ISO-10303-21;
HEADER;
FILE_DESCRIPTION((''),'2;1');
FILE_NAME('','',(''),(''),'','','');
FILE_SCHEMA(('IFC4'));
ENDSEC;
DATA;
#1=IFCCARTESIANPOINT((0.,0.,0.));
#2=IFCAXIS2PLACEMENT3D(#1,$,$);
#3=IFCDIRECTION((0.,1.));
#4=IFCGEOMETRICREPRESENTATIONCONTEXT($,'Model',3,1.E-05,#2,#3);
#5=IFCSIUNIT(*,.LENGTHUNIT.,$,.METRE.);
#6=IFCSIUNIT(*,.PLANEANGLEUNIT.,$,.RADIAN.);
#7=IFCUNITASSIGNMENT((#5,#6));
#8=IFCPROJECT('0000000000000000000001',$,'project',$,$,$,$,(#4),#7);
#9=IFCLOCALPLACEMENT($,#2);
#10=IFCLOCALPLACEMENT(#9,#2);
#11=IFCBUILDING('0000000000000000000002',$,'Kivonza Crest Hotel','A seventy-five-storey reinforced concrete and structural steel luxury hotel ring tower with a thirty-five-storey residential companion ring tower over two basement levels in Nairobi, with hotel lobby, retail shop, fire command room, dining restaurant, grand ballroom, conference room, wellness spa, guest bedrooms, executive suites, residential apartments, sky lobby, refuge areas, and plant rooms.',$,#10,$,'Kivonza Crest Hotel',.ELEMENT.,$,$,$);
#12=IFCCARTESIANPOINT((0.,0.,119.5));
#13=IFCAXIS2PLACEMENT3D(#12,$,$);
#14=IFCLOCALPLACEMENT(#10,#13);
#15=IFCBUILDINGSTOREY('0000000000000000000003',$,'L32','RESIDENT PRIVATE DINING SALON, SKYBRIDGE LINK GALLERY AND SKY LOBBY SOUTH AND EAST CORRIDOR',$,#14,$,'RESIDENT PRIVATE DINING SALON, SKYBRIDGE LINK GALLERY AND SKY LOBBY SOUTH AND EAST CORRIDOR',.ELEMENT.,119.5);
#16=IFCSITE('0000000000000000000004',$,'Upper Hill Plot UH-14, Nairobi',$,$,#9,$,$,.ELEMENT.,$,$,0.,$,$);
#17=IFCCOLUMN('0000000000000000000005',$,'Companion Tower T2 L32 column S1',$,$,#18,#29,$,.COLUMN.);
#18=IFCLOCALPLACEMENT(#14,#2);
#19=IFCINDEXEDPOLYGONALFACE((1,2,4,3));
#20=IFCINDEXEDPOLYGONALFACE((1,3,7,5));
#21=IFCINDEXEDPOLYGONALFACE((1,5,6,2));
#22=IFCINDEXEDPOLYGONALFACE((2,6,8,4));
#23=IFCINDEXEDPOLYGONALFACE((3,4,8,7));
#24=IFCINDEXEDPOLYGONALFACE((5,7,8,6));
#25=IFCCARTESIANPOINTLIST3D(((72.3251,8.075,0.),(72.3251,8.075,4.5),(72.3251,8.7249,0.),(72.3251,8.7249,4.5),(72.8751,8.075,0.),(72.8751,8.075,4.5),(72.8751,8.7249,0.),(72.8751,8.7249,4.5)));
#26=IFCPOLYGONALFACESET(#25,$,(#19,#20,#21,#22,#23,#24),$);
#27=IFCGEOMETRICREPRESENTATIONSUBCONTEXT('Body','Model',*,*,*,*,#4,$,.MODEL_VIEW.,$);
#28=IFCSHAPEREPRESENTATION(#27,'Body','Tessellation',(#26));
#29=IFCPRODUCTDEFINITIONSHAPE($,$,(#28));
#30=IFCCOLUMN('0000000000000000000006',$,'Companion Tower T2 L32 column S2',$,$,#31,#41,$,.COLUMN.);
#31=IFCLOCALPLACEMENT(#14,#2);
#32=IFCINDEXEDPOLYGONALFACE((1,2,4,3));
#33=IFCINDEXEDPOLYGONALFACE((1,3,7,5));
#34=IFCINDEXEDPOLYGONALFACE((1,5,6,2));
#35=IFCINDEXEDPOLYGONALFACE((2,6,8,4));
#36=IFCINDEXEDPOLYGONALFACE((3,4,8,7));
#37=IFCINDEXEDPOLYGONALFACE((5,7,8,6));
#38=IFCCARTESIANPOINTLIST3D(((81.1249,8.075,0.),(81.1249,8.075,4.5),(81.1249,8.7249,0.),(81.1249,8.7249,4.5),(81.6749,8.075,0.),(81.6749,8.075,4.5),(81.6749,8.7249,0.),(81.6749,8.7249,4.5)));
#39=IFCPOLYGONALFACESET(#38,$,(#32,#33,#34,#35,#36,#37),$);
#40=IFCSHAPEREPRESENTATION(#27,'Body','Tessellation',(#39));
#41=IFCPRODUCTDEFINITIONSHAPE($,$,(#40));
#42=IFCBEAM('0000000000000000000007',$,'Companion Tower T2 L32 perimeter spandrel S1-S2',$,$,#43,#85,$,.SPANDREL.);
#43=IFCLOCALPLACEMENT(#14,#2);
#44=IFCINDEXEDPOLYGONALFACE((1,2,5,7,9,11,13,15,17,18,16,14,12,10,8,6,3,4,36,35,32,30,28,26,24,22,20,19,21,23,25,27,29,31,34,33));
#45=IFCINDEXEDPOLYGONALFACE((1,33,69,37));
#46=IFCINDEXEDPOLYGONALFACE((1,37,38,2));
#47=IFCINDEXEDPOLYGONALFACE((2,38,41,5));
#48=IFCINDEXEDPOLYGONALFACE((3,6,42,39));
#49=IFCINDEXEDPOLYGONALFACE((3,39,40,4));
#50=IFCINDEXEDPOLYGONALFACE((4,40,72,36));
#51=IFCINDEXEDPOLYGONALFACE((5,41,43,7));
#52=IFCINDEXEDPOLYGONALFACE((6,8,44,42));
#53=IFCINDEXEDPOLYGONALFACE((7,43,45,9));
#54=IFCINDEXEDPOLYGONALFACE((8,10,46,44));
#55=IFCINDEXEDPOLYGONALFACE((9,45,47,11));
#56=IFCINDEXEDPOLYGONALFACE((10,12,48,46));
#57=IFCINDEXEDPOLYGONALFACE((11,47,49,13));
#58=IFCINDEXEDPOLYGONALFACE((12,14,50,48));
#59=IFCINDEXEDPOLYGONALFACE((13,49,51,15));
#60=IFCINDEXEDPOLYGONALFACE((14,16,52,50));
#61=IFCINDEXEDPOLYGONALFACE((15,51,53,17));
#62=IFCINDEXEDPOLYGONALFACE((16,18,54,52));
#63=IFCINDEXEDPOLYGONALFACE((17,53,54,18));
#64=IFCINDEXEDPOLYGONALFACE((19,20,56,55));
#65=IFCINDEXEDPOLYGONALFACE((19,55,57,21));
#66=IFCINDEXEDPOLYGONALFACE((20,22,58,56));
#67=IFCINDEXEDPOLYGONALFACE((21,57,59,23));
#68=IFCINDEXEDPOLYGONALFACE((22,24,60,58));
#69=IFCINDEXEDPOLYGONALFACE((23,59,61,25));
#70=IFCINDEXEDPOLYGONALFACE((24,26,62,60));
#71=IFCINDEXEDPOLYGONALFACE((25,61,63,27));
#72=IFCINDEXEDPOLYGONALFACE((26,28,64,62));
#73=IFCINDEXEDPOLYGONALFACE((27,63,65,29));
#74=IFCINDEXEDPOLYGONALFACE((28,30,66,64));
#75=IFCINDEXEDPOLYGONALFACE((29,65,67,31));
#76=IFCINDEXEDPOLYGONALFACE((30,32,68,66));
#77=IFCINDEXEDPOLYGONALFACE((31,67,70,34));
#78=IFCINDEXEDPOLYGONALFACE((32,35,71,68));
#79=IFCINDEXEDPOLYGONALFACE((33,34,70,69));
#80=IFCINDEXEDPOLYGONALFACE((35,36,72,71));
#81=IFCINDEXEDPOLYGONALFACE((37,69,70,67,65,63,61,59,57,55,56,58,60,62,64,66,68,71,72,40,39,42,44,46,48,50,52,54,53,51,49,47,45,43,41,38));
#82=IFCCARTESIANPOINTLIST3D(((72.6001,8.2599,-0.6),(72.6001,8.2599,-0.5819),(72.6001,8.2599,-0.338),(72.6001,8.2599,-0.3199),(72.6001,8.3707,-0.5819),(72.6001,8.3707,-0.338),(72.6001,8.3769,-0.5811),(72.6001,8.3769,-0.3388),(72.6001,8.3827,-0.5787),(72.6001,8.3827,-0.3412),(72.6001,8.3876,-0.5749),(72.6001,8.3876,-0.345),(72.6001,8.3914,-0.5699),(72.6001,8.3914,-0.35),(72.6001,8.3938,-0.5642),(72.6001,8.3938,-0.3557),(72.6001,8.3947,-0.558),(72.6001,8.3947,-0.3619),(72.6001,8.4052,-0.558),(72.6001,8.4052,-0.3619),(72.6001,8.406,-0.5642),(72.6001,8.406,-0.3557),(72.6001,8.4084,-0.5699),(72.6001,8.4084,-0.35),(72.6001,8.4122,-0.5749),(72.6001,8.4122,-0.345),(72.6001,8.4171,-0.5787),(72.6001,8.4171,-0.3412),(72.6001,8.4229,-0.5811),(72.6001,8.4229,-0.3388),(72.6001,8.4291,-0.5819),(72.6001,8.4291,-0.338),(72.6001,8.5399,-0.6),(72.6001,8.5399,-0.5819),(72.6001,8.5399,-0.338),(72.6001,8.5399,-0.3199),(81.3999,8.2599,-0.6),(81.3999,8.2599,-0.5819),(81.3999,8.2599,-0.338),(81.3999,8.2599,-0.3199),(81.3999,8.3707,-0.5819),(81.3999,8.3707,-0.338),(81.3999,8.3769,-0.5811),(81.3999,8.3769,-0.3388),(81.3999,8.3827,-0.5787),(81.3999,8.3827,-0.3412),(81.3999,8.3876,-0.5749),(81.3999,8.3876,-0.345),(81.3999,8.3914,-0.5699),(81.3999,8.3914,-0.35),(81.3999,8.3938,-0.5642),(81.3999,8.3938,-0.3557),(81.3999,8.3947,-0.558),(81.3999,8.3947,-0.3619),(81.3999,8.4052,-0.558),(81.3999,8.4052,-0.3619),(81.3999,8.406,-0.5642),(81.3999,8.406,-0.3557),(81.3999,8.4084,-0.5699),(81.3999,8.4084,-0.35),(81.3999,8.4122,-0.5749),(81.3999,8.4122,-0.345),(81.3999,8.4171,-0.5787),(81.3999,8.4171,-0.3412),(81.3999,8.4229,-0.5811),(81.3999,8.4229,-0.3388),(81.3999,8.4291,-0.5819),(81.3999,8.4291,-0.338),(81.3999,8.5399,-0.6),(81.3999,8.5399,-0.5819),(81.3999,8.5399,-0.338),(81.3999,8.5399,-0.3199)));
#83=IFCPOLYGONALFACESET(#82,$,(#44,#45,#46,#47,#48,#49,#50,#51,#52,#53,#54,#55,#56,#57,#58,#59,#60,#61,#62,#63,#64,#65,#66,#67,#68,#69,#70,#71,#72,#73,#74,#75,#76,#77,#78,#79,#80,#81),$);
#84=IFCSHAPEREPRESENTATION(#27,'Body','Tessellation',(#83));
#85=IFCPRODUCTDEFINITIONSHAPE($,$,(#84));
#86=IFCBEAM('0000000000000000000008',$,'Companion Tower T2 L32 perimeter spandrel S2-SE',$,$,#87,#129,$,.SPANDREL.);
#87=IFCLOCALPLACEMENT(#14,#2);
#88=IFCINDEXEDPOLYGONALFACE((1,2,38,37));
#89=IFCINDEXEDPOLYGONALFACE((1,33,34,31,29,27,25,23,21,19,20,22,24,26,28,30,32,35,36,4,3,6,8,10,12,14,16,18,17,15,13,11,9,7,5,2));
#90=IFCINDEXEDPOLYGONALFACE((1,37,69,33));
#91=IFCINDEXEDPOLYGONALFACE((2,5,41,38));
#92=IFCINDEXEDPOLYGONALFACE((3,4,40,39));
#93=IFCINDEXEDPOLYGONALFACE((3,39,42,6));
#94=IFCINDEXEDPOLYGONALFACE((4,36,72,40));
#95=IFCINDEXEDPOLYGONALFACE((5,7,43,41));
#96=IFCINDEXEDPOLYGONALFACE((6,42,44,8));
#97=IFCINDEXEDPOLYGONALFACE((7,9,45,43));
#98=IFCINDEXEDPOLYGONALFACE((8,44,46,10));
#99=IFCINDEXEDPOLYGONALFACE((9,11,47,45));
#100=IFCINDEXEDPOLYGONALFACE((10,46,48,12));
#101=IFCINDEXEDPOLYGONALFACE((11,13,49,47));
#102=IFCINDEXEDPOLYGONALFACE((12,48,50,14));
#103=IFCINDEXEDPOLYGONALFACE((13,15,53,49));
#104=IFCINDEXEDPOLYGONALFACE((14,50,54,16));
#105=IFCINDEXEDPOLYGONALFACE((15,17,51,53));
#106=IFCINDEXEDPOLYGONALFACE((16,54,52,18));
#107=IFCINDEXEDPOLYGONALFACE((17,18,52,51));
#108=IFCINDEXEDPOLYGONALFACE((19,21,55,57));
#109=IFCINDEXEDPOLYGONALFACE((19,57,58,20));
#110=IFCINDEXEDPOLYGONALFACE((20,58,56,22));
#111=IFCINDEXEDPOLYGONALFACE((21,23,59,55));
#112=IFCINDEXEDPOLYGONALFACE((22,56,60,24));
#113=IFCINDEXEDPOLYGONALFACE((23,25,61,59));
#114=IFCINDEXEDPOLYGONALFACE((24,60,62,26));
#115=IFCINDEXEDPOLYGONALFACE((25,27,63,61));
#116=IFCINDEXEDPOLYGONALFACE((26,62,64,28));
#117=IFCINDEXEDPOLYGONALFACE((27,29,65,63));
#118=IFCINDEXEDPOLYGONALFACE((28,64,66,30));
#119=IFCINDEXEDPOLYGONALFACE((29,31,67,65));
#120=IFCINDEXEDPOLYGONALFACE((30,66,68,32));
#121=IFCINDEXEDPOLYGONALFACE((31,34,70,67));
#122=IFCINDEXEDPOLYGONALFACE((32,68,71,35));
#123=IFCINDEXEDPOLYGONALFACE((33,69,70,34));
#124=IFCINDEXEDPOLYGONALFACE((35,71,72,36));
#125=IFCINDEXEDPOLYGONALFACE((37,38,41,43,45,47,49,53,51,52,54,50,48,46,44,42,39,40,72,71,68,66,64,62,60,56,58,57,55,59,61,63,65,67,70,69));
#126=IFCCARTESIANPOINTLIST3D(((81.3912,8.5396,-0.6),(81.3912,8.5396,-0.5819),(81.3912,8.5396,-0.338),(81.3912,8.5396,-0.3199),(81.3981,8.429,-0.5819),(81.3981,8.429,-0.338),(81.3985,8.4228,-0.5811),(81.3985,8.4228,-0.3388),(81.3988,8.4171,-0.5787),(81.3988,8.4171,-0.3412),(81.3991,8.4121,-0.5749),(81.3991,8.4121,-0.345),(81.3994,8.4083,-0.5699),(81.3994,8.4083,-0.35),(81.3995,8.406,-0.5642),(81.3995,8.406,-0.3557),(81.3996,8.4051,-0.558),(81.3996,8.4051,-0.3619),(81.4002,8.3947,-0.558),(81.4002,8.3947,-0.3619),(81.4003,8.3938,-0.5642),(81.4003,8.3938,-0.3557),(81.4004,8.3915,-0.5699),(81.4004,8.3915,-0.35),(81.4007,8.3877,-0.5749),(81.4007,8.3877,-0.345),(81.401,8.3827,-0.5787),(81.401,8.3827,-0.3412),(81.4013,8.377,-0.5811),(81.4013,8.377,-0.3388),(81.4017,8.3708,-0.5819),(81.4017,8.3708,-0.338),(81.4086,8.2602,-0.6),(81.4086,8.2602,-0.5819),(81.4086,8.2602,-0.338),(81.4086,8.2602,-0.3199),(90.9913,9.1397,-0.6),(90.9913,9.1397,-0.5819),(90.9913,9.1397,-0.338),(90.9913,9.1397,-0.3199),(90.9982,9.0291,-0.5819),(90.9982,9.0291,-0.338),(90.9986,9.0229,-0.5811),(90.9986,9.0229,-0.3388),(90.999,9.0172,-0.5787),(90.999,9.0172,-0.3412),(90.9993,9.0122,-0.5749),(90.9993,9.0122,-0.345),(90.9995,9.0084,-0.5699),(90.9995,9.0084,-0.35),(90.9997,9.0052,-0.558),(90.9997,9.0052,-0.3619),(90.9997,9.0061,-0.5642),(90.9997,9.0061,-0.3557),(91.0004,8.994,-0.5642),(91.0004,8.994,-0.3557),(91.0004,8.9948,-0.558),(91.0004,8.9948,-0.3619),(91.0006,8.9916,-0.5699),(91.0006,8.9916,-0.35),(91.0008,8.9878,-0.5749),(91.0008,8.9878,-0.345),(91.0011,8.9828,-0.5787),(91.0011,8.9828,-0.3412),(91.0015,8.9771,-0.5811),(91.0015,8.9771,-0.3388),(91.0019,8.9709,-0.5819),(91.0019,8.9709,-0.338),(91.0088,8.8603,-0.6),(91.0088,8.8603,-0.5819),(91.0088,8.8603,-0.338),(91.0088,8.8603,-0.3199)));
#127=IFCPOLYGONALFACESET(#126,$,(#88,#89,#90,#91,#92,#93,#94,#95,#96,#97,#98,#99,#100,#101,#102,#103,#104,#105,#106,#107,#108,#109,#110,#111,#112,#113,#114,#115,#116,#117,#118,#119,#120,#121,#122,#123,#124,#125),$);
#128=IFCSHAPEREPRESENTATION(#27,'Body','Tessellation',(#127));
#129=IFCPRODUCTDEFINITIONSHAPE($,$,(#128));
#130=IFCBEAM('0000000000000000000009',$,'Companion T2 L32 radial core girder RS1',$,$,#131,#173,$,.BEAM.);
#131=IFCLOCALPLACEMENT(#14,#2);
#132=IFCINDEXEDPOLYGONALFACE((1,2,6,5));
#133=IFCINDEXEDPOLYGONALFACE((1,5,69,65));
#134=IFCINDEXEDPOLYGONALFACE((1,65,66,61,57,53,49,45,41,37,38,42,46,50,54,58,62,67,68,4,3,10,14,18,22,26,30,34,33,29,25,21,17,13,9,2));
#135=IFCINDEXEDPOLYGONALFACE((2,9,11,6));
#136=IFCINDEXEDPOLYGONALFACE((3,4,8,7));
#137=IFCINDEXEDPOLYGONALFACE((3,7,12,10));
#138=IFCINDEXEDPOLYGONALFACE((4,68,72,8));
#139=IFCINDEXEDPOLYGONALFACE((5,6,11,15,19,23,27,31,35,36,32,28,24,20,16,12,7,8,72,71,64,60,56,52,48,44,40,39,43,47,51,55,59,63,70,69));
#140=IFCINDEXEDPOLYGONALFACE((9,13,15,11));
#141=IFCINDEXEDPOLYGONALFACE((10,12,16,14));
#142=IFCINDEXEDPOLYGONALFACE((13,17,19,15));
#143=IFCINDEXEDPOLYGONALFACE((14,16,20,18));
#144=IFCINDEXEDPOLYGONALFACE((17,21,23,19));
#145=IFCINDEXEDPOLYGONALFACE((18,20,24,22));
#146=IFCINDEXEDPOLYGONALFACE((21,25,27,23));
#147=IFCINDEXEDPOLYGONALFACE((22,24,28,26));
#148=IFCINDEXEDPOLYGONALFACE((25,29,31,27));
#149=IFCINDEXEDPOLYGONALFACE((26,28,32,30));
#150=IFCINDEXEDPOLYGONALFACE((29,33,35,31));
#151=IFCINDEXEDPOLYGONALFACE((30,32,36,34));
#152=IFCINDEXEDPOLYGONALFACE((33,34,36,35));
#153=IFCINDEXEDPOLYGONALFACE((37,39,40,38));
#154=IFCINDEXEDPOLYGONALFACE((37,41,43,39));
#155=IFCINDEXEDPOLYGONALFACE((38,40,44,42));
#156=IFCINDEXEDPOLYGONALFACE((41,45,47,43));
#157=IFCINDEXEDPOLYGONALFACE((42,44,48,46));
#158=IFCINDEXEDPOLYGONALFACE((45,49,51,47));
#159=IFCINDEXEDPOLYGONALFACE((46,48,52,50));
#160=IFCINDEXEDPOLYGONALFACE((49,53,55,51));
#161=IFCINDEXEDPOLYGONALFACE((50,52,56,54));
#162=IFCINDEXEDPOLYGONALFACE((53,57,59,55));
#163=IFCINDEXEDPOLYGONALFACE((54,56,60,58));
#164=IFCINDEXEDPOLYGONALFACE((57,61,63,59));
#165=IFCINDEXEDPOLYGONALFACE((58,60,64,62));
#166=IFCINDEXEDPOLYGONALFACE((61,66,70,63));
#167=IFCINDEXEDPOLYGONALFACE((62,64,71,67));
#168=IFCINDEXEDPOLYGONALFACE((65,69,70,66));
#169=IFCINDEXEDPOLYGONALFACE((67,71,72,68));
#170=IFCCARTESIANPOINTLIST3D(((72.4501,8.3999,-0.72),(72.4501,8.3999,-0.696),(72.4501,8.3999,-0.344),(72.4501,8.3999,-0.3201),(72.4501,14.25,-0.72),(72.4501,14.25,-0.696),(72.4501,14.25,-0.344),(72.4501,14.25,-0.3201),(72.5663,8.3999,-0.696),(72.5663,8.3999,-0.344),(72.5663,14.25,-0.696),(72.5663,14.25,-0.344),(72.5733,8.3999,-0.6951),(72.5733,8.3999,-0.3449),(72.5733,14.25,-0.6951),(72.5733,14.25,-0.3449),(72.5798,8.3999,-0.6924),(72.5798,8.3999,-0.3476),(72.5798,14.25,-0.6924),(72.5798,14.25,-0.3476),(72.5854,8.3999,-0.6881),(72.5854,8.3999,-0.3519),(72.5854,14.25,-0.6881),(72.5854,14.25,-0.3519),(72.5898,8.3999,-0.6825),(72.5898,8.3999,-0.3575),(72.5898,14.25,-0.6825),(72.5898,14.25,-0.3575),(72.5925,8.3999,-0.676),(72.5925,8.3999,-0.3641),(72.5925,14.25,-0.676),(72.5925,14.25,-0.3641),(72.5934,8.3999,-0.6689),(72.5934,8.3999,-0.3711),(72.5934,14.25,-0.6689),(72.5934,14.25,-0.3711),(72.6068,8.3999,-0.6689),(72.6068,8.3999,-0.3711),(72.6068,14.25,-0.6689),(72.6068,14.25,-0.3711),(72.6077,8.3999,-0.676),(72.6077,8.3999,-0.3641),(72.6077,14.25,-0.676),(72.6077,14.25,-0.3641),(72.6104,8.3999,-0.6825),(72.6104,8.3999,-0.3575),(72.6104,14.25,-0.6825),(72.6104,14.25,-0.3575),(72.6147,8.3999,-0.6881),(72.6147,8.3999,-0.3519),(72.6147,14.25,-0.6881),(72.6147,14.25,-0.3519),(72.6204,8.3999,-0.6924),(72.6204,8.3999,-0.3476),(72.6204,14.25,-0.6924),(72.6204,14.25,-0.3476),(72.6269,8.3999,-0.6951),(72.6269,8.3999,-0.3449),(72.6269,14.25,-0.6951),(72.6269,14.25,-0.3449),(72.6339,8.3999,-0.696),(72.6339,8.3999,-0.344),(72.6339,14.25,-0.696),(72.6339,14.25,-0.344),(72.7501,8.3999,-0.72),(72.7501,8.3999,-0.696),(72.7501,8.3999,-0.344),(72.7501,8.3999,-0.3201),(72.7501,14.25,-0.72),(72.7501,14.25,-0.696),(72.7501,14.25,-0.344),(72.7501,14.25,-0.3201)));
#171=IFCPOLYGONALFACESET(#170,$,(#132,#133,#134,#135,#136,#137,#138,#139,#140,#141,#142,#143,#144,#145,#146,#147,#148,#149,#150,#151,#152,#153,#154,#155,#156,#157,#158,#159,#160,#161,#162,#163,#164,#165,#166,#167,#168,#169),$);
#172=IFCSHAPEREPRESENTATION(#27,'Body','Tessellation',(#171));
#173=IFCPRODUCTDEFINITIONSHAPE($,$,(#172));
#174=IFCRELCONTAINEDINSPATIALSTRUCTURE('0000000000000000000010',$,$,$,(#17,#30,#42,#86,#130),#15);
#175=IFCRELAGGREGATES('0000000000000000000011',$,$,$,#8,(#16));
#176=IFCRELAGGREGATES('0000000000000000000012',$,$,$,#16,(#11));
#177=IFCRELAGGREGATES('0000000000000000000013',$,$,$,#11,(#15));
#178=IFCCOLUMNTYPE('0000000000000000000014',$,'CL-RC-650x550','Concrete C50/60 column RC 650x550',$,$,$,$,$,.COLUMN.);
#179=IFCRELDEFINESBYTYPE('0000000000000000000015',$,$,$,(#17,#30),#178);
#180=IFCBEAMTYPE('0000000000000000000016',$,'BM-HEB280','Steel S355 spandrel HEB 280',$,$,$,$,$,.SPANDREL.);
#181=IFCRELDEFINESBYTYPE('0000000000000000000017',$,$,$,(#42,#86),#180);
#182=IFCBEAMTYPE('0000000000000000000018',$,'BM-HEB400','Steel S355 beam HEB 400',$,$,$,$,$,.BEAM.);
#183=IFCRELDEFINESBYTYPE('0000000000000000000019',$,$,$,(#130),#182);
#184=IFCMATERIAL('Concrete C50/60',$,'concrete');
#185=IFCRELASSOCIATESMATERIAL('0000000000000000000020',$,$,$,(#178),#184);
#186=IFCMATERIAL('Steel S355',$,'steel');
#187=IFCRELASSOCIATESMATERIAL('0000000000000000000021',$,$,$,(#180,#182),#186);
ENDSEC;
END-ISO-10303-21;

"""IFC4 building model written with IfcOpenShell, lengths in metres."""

from ifc_helpers import new_model, si_unit, direction, frame, origin, origin_2d, place, context, subcontext, project, spatial, rectangle, i_section, extrude, material, material_profile, profile_set, type_object, element, save


model = new_model("IFC4")

# Units and contexts
model_context = context("Model", 3, precision=1e-05, world=origin(), true_north=direction((0.0, 1.0)))
body_context = subcontext(model_context, "Body", "Model", "MODEL_VIEW")
ifc_project = project(units=[si_unit("LENGTHUNIT", "METRE"), si_unit("PLANEANGLEUNIT", "RADIAN")], contexts=[model_context])

# Site, building, storey
site_placement = place(None, origin())
site = spatial("IfcSite", under=ifc_project, at=site_placement, Name="Upper Hill Plot UH-14, Nairobi", CompositionType="ELEMENT", RefElevation=0.0)
building_placement = place(site_placement, origin())
building = spatial("IfcBuilding", under=site, at=building_placement, Name="Kivonza Crest Hotel", Description="A seventy-five-storey reinforced concrete and structural steel luxury hotel ring tower with a thirty-five-storey residential companion ring tower over two basement levels in Nairobi, with hotel lobby, retail shop, fire command room, dining restaurant, grand ballroom, conference room, wellness spa, guest bedrooms, executive suites, residential apartments, sky lobby, refuge areas, and plant rooms.", LongName="Kivonza Crest Hotel", CompositionType="ELEMENT")
storey_placement = place(building_placement, frame((0.0, 0.0, 119.5)))
storey = spatial("IfcBuildingStorey", under=building, at=storey_placement, Name="L32", Description="RESIDENT PRIVATE DINING SALON, SKYBRIDGE LINK GALLERY AND SKY LOBBY SOUTH AND EAST CORRIDOR", LongName="RESIDENT PRIVATE DINING SALON, SKYBRIDGE LINK GALLERY AND SKY LOBBY SOUTH AND EAST CORRIDOR", CompositionType="ELEMENT", Elevation=119.5)

# Columns
ifc_material_1 = material(Name="Concrete C50/60", Category="concrete")
ifc_material_profile_1 = material_profile(ifc_material_1, rectangle(XDim=0.55, YDim=0.6499, at=origin_2d()), Name="RC 650x550")
ifc_profile_set_1 = profile_set([ifc_material_profile_1], Name="Concrete C50/60")
column_type = type_object("IfcColumnType", Name="CL-RC-650x550", Description="Concrete C50/60 column RC 650x550", PredefinedType="COLUMN", material=ifc_profile_set_1)
for number, where, z_axis, x_axis, name in (
    (1, (72.6001, 8.3999, 0.0), (0.0, 0.0, 1.0), (1.0, 0.0, 0.0), "Companion Tower T2 L32 column S1"),
    (2, (81.3999, 8.3999, 0.0), (0.0, 0.0, 1.0), (1.0, 0.0, 0.0), "Companion Tower T2 L32 column S2"),
):
    element("IfcColumn", number, at=place(storey_placement, frame(where, z_axis=z_axis, x_axis=x_axis)), inside=storey, type_object=column_type, Name=name, PredefinedType="COLUMN", context=body_context, shape_type="SweptSolid", body=[
        extrude(rectangle(XDim=0.55, YDim=0.6499, at=origin_2d()), origin(), (0.0, 0.0, 1.0), 4.5),
    ])

# Beams
ifc_material_2 = material(Name="Steel S355", Category="steel")
ifc_material_profile_2 = material_profile(ifc_material_2, i_section(OverallWidth=0.28, OverallDepth=0.28, WebThickness=0.0105, FlangeThickness=0.0181, FilletRadius=0.0239, at=origin_2d()), Name="HEB 280")
ifc_profile_set_2 = profile_set([ifc_material_profile_2], Name="Steel S355")
beam_type_1 = type_object("IfcBeamType", Name="BM-HEB280", Description="Steel S355 spandrel HEB 280", PredefinedType="SPANDREL", material=ifc_profile_set_2)
beam_1_placement = place(storey_placement, frame((72.6001, 8.3999, -0.46), z_axis=(1.0, 0.0, 0.0), x_axis=(0.0, 1.0, 0.0)))
element("IfcBeam", 3, at=beam_1_placement, inside=storey, type_object=beam_type_1, Name="Companion Tower T2 L32 perimeter spandrel S1-S2", PredefinedType="SPANDREL", context=body_context, shape_type="SweptSolid", body=[
    extrude(i_section(OverallWidth=0.28, OverallDepth=0.28, WebThickness=0.0105, FlangeThickness=0.0181, FilletRadius=0.0239, at=origin_2d()), origin(), (0.0, 0.0, 1.0), 8.7998),
])
beam_2_placement = place(storey_placement, frame((81.3999, 8.3999, -0.46), z_axis=(0.998052, 0.062388, 0.0), x_axis=(-0.062388, 0.998052, 0.0)))
element("IfcBeam", 4, at=beam_2_placement, inside=storey, type_object=beam_type_1, Name="Companion Tower T2 L32 perimeter spandrel S2-SE", PredefinedType="SPANDREL", context=body_context, shape_type="SweptSolid", body=[
    extrude(i_section(OverallWidth=0.28, OverallDepth=0.28, WebThickness=0.0105, FlangeThickness=0.0181, FilletRadius=0.0239, at=origin_2d()), origin(), (0.0, 0.0, 1.0), 9.6189),
])
ifc_material_profile_3 = material_profile(ifc_material_2, i_section(OverallWidth=0.3, OverallDepth=0.3999, WebThickness=0.0134, FlangeThickness=0.0239, FilletRadius=0.0271, at=origin_2d()), Name="HEB 400")
ifc_profile_set_3 = profile_set([ifc_material_profile_3], Name="Steel S355")
beam_type_2 = type_object("IfcBeamType", Name="BM-HEB400", Description="Steel S355 beam HEB 400", PredefinedType="BEAM", material=ifc_profile_set_3)
for number, where, z_axis, x_axis, name in (
    (5, (72.6001, 8.3999, -0.52), (0.0, 1.0, 0.0), (-1.0, 0.0, 0.0), "Companion T2 L32 radial core girder RS1"),
):
    element("IfcBeam", number, at=place(storey_placement, frame(where, z_axis=z_axis, x_axis=x_axis)), inside=storey, type_object=beam_type_2, Name=name, PredefinedType="BEAM", context=body_context, shape_type="SweptSolid", body=[
        extrude(i_section(OverallWidth=0.3, OverallDepth=0.3999, WebThickness=0.0134, FlangeThickness=0.0239, FilletRadius=0.0271, at=origin_2d()), origin(), (0.0, 0.0, 1.0), 5.8501),
    ])

save(model, "model.ifc")
